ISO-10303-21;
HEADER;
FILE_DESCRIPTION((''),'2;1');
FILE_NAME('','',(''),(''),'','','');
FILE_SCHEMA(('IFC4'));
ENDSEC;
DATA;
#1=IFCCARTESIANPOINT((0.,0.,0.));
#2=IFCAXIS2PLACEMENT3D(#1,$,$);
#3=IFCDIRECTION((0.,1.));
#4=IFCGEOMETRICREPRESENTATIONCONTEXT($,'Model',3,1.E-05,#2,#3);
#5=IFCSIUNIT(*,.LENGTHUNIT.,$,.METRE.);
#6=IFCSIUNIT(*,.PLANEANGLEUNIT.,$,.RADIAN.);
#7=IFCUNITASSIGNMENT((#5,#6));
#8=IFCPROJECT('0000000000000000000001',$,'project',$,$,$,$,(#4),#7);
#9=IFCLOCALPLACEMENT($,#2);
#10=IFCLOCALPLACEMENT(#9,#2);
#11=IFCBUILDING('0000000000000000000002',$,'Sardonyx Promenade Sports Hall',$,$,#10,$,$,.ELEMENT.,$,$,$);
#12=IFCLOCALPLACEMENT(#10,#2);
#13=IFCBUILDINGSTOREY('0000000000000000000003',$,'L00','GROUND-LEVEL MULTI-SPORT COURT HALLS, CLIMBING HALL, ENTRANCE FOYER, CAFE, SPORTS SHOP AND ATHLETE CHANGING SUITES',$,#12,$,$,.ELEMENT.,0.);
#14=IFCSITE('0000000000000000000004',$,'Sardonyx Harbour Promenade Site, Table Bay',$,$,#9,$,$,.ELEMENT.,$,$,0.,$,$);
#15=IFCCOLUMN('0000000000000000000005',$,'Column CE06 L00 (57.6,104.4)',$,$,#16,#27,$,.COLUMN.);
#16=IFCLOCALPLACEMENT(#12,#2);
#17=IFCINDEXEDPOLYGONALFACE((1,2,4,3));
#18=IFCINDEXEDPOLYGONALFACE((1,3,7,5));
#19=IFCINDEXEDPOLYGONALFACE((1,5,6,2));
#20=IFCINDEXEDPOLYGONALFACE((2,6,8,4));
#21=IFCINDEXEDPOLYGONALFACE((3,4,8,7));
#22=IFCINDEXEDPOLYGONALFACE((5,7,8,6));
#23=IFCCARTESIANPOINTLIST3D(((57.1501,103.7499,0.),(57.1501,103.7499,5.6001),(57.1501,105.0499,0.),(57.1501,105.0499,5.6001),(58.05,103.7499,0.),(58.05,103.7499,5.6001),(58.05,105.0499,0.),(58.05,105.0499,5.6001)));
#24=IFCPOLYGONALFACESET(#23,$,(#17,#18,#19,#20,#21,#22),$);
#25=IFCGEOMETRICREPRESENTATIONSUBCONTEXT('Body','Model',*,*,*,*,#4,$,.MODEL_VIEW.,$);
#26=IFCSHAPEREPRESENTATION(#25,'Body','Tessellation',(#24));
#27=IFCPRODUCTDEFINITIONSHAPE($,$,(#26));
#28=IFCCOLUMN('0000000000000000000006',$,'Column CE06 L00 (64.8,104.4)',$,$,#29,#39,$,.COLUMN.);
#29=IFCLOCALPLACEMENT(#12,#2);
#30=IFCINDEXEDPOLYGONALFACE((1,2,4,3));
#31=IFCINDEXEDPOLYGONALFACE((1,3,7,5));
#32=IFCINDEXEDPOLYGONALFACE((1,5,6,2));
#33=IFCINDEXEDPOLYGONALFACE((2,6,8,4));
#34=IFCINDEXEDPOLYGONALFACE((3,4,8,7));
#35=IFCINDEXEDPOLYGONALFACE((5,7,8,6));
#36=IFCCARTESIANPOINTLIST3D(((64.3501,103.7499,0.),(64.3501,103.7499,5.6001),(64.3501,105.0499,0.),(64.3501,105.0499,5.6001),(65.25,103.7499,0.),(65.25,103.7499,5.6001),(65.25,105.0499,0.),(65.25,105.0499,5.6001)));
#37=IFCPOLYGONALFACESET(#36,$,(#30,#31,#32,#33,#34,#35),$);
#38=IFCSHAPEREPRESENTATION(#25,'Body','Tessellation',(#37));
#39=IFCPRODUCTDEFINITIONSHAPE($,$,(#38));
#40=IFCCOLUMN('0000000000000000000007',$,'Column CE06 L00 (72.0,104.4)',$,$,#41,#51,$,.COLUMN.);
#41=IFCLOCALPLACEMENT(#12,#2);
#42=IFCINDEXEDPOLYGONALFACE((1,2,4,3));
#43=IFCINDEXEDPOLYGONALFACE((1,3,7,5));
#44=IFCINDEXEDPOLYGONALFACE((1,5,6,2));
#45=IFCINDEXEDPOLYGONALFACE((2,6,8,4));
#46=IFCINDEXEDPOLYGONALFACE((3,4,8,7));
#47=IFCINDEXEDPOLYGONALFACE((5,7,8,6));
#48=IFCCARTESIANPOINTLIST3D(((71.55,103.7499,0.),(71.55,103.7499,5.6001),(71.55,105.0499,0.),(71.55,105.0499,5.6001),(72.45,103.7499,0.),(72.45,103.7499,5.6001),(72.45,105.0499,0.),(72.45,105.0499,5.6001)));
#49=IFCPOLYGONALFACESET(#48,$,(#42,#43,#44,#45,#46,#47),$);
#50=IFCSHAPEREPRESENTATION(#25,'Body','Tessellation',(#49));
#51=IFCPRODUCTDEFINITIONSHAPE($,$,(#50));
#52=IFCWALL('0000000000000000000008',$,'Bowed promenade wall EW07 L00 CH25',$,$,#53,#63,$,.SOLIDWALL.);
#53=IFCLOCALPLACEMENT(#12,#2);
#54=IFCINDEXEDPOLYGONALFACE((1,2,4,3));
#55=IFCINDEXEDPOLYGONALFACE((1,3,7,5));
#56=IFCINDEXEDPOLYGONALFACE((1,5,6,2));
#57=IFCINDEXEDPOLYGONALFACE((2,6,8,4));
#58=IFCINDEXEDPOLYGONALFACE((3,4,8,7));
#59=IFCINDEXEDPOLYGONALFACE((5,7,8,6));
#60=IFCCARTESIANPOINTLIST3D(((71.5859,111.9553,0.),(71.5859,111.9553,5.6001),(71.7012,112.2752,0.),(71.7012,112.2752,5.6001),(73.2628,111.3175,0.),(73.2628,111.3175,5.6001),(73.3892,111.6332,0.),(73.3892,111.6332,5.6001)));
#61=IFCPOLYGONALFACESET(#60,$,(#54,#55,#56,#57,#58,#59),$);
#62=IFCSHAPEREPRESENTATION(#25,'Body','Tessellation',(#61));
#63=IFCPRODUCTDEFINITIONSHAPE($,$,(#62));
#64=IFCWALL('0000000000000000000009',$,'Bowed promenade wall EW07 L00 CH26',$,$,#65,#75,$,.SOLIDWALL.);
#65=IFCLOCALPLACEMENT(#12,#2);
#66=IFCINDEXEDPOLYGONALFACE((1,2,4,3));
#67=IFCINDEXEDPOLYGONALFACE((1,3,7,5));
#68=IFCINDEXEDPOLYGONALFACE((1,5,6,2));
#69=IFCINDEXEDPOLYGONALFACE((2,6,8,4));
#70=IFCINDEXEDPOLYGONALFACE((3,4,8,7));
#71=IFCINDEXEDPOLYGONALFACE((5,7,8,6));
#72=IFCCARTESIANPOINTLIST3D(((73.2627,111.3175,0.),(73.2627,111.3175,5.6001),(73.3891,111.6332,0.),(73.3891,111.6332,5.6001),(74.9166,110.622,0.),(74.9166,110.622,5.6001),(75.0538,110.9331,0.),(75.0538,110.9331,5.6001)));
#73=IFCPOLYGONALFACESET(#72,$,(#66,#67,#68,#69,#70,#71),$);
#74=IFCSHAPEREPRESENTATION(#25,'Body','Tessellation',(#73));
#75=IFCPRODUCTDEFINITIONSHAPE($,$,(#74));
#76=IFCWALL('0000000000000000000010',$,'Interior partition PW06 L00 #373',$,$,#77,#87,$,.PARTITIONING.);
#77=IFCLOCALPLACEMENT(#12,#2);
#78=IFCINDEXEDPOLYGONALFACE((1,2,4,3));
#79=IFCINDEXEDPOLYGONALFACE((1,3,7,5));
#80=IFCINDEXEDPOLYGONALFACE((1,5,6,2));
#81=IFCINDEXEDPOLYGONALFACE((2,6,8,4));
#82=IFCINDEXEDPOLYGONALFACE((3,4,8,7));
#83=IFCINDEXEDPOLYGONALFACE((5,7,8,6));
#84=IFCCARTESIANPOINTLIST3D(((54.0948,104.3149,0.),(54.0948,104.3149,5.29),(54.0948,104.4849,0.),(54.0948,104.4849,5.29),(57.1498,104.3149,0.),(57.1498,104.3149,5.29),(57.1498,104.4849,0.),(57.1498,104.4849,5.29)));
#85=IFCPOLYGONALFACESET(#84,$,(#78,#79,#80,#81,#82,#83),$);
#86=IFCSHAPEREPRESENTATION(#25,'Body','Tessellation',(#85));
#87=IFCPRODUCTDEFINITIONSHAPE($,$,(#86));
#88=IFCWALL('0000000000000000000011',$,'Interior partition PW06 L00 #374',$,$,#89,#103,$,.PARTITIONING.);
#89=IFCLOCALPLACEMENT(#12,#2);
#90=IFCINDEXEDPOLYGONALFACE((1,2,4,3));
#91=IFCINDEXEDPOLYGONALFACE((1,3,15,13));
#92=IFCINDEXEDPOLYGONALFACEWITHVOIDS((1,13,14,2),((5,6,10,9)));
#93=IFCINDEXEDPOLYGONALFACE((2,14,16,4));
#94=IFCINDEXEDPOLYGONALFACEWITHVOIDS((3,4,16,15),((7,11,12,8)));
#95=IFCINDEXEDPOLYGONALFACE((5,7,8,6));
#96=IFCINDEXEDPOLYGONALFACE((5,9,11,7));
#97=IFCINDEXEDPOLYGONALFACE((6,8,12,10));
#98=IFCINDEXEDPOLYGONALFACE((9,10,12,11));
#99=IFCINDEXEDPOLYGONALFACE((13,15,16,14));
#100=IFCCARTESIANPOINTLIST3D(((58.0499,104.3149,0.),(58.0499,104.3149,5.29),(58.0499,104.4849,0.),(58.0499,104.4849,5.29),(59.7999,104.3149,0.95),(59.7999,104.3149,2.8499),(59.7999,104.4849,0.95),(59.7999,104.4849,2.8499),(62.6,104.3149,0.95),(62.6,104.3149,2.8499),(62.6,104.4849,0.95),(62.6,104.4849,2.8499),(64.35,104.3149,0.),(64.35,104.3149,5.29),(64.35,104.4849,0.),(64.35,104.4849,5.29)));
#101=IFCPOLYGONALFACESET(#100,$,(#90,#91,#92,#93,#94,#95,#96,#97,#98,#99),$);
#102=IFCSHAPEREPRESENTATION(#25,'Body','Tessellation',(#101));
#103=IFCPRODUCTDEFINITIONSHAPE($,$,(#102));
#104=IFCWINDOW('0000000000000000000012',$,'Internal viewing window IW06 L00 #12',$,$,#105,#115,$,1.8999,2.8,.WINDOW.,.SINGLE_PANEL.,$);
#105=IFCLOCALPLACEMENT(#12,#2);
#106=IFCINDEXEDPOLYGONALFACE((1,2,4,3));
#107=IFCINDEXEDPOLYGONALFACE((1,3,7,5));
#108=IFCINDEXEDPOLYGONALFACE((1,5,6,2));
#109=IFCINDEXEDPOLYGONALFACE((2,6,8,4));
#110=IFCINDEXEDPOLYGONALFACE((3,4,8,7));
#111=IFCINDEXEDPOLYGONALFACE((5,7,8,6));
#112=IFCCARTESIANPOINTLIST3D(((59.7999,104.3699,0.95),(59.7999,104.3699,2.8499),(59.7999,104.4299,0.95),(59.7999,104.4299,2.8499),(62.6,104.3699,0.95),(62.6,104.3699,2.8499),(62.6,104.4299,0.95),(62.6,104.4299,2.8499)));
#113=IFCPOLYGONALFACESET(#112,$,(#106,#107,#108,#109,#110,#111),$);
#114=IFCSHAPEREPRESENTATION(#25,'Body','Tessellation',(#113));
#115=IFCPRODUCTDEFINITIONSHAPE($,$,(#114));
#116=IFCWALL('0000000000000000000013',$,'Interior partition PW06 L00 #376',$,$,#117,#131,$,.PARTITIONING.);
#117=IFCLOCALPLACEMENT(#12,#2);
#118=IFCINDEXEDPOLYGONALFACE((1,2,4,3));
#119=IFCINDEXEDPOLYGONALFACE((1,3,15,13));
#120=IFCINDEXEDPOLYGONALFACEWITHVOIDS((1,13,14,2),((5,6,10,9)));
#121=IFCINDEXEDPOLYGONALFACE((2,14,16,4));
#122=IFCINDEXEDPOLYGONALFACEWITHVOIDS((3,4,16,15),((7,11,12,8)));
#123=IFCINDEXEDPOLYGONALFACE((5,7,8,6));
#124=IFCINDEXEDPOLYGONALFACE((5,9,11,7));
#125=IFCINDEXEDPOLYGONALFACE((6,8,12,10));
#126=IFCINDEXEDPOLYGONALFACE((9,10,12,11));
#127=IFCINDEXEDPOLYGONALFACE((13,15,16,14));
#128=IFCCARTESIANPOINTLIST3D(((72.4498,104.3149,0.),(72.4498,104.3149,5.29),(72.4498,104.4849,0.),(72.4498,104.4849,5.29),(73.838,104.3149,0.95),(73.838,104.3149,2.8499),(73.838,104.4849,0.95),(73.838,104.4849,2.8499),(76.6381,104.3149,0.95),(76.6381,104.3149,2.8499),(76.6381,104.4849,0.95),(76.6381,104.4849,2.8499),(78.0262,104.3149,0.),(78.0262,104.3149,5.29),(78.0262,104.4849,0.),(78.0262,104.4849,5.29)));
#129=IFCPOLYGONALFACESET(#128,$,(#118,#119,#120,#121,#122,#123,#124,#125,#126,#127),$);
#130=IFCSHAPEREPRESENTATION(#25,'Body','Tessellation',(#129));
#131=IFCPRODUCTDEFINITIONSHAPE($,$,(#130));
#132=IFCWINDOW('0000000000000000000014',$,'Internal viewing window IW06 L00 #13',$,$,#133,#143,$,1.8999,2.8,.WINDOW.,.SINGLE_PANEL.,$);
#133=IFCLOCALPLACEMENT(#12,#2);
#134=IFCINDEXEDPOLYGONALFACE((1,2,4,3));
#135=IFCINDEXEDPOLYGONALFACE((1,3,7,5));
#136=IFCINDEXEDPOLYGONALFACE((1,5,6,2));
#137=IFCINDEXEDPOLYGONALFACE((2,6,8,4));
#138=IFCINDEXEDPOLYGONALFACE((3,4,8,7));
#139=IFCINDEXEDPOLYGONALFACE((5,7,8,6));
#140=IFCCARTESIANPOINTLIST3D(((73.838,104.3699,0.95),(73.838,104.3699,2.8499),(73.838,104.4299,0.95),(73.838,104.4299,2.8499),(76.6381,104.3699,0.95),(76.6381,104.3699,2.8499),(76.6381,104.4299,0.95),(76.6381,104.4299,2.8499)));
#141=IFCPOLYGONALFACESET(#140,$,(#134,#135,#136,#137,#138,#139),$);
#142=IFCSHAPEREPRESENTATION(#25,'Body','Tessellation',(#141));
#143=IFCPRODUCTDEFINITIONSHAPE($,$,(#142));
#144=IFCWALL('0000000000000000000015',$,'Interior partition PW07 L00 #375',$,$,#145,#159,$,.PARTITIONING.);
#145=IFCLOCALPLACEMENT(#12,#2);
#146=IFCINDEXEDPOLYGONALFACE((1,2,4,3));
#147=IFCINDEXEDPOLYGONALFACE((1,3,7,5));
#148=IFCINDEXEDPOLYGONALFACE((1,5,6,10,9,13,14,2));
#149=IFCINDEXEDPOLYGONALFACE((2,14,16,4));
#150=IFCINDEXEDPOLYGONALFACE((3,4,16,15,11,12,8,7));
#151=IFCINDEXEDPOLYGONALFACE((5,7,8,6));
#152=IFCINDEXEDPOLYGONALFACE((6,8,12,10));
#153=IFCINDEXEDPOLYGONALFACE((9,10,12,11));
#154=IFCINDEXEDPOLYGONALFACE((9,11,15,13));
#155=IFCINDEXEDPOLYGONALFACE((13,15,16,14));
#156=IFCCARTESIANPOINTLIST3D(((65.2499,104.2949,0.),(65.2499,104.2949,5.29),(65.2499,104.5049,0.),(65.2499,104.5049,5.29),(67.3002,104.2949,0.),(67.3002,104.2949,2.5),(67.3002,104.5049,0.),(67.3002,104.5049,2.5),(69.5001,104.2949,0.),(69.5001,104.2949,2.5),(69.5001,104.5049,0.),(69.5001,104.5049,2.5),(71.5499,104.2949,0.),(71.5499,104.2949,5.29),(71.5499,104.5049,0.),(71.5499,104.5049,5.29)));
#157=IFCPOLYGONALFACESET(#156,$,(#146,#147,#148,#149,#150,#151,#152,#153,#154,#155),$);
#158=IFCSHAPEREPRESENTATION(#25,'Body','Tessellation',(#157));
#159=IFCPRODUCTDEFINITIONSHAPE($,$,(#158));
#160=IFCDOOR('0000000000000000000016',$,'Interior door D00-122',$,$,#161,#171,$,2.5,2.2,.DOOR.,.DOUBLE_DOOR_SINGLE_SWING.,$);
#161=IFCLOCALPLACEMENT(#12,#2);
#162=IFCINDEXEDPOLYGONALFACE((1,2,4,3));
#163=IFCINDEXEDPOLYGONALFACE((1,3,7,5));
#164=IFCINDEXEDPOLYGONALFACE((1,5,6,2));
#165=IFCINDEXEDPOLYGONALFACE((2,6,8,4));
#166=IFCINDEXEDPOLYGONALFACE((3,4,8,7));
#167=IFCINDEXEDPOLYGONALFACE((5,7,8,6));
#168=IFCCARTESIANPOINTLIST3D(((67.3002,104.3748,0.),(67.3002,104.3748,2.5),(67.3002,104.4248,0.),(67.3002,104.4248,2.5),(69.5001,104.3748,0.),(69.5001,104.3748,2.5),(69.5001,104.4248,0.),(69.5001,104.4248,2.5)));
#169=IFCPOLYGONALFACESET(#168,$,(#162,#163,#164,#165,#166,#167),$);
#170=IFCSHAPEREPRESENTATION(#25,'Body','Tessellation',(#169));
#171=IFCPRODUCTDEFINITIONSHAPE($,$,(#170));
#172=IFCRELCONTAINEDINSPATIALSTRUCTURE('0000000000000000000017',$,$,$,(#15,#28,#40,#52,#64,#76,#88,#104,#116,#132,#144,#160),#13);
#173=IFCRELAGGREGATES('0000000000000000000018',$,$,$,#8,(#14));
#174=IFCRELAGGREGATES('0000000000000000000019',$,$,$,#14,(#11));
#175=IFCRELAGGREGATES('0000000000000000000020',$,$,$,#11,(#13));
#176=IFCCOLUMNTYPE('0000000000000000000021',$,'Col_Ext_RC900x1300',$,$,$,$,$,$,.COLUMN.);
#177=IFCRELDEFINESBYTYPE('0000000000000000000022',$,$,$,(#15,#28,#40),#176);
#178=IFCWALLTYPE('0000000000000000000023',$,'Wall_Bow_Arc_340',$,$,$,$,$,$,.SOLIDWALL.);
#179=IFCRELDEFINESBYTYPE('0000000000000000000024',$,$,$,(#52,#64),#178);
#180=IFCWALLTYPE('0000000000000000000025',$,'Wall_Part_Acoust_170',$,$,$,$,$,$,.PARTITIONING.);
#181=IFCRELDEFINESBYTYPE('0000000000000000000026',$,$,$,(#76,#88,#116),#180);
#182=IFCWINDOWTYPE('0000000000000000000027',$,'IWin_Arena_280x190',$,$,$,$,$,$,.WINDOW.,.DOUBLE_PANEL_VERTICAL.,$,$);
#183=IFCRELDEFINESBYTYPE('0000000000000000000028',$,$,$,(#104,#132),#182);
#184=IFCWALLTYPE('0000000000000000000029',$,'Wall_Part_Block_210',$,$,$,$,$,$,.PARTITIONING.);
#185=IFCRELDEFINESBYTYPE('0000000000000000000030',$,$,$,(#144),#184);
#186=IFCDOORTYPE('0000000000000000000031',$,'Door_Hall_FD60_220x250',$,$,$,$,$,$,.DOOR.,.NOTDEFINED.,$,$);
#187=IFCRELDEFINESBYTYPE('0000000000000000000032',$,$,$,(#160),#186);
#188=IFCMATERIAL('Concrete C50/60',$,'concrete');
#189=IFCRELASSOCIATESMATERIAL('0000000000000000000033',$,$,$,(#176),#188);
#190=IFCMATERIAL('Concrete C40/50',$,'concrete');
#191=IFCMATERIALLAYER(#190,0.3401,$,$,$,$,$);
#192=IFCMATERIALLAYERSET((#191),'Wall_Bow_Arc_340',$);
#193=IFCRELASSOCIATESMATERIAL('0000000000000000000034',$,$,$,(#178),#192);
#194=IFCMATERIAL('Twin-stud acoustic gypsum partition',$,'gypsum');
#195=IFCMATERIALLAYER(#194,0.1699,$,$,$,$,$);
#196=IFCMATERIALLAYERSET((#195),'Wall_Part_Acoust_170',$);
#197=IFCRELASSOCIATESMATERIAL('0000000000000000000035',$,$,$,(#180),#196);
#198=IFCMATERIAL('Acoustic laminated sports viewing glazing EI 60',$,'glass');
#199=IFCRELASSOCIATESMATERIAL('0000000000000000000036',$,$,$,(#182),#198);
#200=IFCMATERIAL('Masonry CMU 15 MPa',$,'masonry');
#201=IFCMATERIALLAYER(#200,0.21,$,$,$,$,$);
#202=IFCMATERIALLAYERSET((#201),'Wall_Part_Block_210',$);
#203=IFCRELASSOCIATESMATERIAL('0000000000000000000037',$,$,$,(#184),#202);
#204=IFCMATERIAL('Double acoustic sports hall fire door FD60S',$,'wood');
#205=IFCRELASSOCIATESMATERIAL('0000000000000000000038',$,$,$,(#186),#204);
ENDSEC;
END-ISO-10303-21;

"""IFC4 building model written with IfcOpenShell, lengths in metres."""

from ifc_helpers import new_model, si_unit, direction, frame, frame_2d, origin, origin_2d, place, context, subcontext, project, spatial, polyline, rectangle, outline, extrude, material, layer, layer_set, material_profile, profile_set, type_object, element, fill, save


model = new_model("IFC4")

# Units and contexts
model_context = context("Model", 3, precision=1e-05, world=origin(), true_north=direction((0.0, 1.0)))
body_context = subcontext(model_context, "Body", "Model", "MODEL_VIEW")
ifc_project = project(units=[si_unit("LENGTHUNIT", "METRE"), si_unit("PLANEANGLEUNIT", "RADIAN")], contexts=[model_context])

# Site, building, storey
site_placement = place(None, origin())
site = spatial("IfcSite", under=ifc_project, at=site_placement, Name="Sardonyx Harbour Promenade Site, Table Bay", CompositionType="ELEMENT", RefElevation=0.0)
building_placement = place(site_placement, origin())
building = spatial("IfcBuilding", under=site, at=building_placement, Name="Sardonyx Promenade Sports Hall", CompositionType="ELEMENT")
storey_placement = place(building_placement, origin())
storey = spatial("IfcBuildingStorey", under=building, at=storey_placement, Name="L00", Description="GROUND-LEVEL MULTI-SPORT COURT HALLS, CLIMBING HALL, ENTRANCE FOYER, CAFE, SPORTS SHOP AND ATHLETE CHANGING SUITES", CompositionType="ELEMENT", Elevation=0.0)

# Columns
ifc_material_1 = material(Name="Concrete C50/60", Category="concrete")
ifc_material_profile = material_profile(ifc_material_1, rectangle(XDim=0.8999, YDim=1.3, at=origin_2d()))
ifc_profile_set = profile_set([ifc_material_profile], Name="Concrete C50/60")
column_type = type_object("IfcColumnType", Name="Col_Ext_RC900x1300", PredefinedType="COLUMN", material=ifc_profile_set)
for number, where, z_axis, x_axis, name in (
    (1, (57.6001, 104.3999, 0.0), (0.0, 0.0, 1.0), (1.0, 0.0, 0.0), "Column CE06 L00 (57.6,104.4)"),
    (2, (64.8, 104.3999, 0.0), (0.0, 0.0, 1.0), (1.0, 0.0, 0.0), "Column CE06 L00 (64.8,104.4)"),
    (3, (72.0, 104.3999, 0.0), (0.0, 0.0, 1.0), (1.0, 0.0, 0.0), "Column CE06 L00 (72.0,104.4)"),
):
    element("IfcColumn", number, at=place(storey_placement, frame(where, z_axis=z_axis, x_axis=x_axis)), inside=storey, type_object=column_type, Name=name, PredefinedType="COLUMN", context=body_context, shape_type="SweptSolid", body=[
        extrude(rectangle(XDim=0.8999, YDim=1.3, at=origin_2d()), origin(), (0.0, 0.0, 1.0), 5.6001),
    ])

# Walls
ifc_material_2 = material(Name="Concrete C40/50", Category="concrete")
ifc_layer_1 = layer(ifc_material_2, 0.3401)
ifc_layer_set_1 = layer_set([ifc_layer_1], Name="Wall_Bow_Arc_340")
wall_type_1 = type_object("IfcWallType", Name="Wall_Bow_Arc_340", PredefinedType="SOLIDWALL", material=ifc_layer_set_1)
wall_1_placement = place(storey_placement, frame((71.6436, 112.1152, 0.0), z_axis=(0.0, 0.0, 1.0), x_axis=(0.934675, -0.355505, 0.0)))
element("IfcWall", 4, at=wall_1_placement, inside=storey, type_object=wall_type_1, Name="Bowed promenade wall EW07 L00 CH25", PredefinedType="SOLIDWALL", context=body_context, shape_type="SweptSolid", body=[
    extrude(outline(polyline([(0.0029, -0.17), (1.7971, -0.17), (1.8029, 0.17), (-0.0029, 0.17), (0.0029, -0.17)])), origin(), (0.0, 0.0, 1.0), 5.6001),
])
wall_2_placement = place(storey_placement, frame((73.3259, 111.4753, 0.0), z_axis=(0.0, 0.0, 1.0), x_axis=(0.921804, -0.387657, 0.0)))
element("IfcWall", 5, at=wall_2_placement, inside=storey, type_object=wall_type_1, Name="Bowed promenade wall EW07 L00 CH26", PredefinedType="SOLIDWALL", context=body_context, shape_type="SweptSolid", body=[
    extrude(outline(polyline([(0.0029, -0.17), (1.7971, -0.17), (1.8029, 0.17), (-0.0029, 0.17), (0.0029, -0.17)])), origin(), (0.0, 0.0, 1.0), 5.6001),
])
ifc_material_3 = material(Name="Twin-stud acoustic gypsum partition", Category="gypsum")
ifc_layer_2 = layer(ifc_material_3, 0.1699)
ifc_layer_set_2 = layer_set([ifc_layer_2], Name="Wall_Part_Acoust_170")
wall_type_2 = type_object("IfcWallType", Name="Wall_Part_Acoust_170", PredefinedType="PARTITIONING", material=ifc_layer_set_2)
wall_3_placement = place(storey_placement, frame((54.095, 104.3999, 0.0), z_axis=(0.0, 0.0, 1.0), x_axis=(1.0, 0.0, 0.0)))
element("IfcWall", 6, at=wall_3_placement, inside=storey, type_object=wall_type_2, Name="Interior partition PW06 L00 #373", PredefinedType="PARTITIONING", context=body_context, shape_type="SweptSolid", body=[
    extrude(rectangle(XDim=3.0549, YDim=0.1699, at=frame_2d((1.5273, 0.0))), origin(), (0.0, 0.0, 1.0), 5.29),
])

# Walls, openings, windows
wall_4_placement = place(storey_placement, frame((58.05, 104.3999, 0.0), z_axis=(0.0, 0.0, 1.0), x_axis=(1.0, 0.0, 0.0)))
wall_4 = element("IfcWall", 7, at=wall_4_placement, inside=storey, type_object=wall_type_2, Name="Interior partition PW06 L00 #374", PredefinedType="PARTITIONING", context=body_context, shape_type="SweptSolid", body=[
    extrude(rectangle(XDim=6.3, YDim=0.1699, at=frame_2d((3.1499, 0.0))), origin(), (0.0, 0.0, 1.0), 5.29),
])
opening_1_placement = place(wall_4_placement, frame((1.75, 0.0, 0.95)))
opening_1 = element("IfcOpeningElement", 8, at=opening_1_placement, cuts=wall_4, PredefinedType="OPENING", context=body_context, shape_type="SweptSolid", body=[
    extrude(rectangle(XDim=2.8, YDim=1.8999, at=frame_2d((1.3999, 0.95))), frame((0.0, 0.095, 0.0), z_axis=(0.0, -1.0, 0.0), x_axis=(1.0, 0.0, 0.0)), (0.0, 0.0, 1.0), 0.19),
])
ifc_material_4 = material(Name="Acoustic laminated sports viewing glazing EI 60", Category="glass")
window_type = type_object("IfcWindowType", Name="IWin_Arena_280x190", PartitioningType="DOUBLE_PANEL_VERTICAL", PredefinedType="WINDOW", material=ifc_material_4)
window_1_placement = place(opening_1_placement, origin())
window_1 = element("IfcWindow", 9, at=window_1_placement, inside=storey, type_object=window_type, Name="Internal viewing window IW06 L00 #12", OverallHeight=1.8999, OverallWidth=2.8, PartitioningType="SINGLE_PANEL", PredefinedType="WINDOW", context=body_context, shape_type="SweptSolid", body=[
    extrude(rectangle(XDim=2.8, YDim=1.8999, at=frame_2d((1.3999, 0.95))), frame((0.0, 0.03, 0.0), z_axis=(0.0, -1.0, 0.0), x_axis=(1.0, 0.0, 0.0)), (0.0, 0.0, 1.0), 0.0601),
])
fill(opening_1, window_1)
wall_5_placement = place(storey_placement, frame((72.45, 104.3999, 0.0), z_axis=(0.0, 0.0, 1.0), x_axis=(1.0, 0.0, 0.0)))
wall_5 = element("IfcWall", 10, at=wall_5_placement, inside=storey, type_object=wall_type_2, Name="Interior partition PW06 L00 #376", PredefinedType="PARTITIONING", context=body_context, shape_type="SweptSolid", body=[
    extrude(rectangle(XDim=5.5764, YDim=0.1699, at=frame_2d((2.7881, 0.0))), origin(), (0.0, 0.0, 1.0), 5.29),
])
opening_2_placement = place(wall_5_placement, frame((1.3882, 0.0, 0.95)))
opening_2 = element("IfcOpeningElement", 11, at=opening_2_placement, cuts=wall_5, PredefinedType="OPENING", context=body_context, shape_type="SweptSolid", body=[
    extrude(rectangle(XDim=2.8, YDim=1.8999, at=frame_2d((1.3999, 0.95))), frame((0.0, 0.095, 0.0), z_axis=(0.0, -1.0, 0.0), x_axis=(1.0, 0.0, 0.0)), (0.0, 0.0, 1.0), 0.19),
])
window_2_placement = place(opening_2_placement, origin())
window_2 = element("IfcWindow", 12, at=window_2_placement, inside=storey, type_object=window_type, Name="Internal viewing window IW06 L00 #13", OverallHeight=1.8999, OverallWidth=2.8, PartitioningType="SINGLE_PANEL", PredefinedType="WINDOW", context=body_context, shape_type="SweptSolid", body=[
    extrude(rectangle(XDim=2.8, YDim=1.8999, at=frame_2d((1.3999, 0.95))), frame((0.0, 0.03, 0.0), z_axis=(0.0, -1.0, 0.0), x_axis=(1.0, 0.0, 0.0)), (0.0, 0.0, 1.0), 0.0601),
])
fill(opening_2, window_2)

# Wall, opening, door
ifc_material_5 = material(Name="Masonry CMU 15 MPa", Category="masonry")
ifc_layer_3 = layer(ifc_material_5, 0.21)
ifc_layer_set_3 = layer_set([ifc_layer_3], Name="Wall_Part_Block_210")
wall_type_3 = type_object("IfcWallType", Name="Wall_Part_Block_210", PredefinedType="PARTITIONING", material=ifc_layer_set_3)
wall_6_placement = place(storey_placement, frame((65.25, 104.3999, 0.0), z_axis=(0.0, 0.0, 1.0), x_axis=(1.0, 0.0, 0.0)))
wall_6 = element("IfcWall", 13, at=wall_6_placement, inside=storey, type_object=wall_type_3, Name="Interior partition PW07 L00 #375", PredefinedType="PARTITIONING", context=body_context, shape_type="SweptSolid", body=[
    extrude(rectangle(XDim=6.3, YDim=0.21, at=frame_2d((3.1499, 0.0))), origin(), (0.0, 0.0, 1.0), 5.29),
])
opening_3_placement = place(wall_6_placement, frame((2.05, 0.0, 0.0)))
opening_3 = element("IfcOpeningElement", 14, at=opening_3_placement, cuts=wall_6, PredefinedType="OPENING", context=body_context, shape_type="SweptSolid", body=[
    extrude(rectangle(XDim=2.2, YDim=2.5, at=frame_2d((1.1001, 1.25))), frame((0.0, 0.115, 0.0), z_axis=(0.0, -1.0, 0.0), x_axis=(1.0, 0.0, 0.0)), (0.0, 0.0, 1.0), 0.23),
])
ifc_material_6 = material(Name="Double acoustic sports hall fire door FD60S", Category="wood")
door_type = type_object("IfcDoorType", Name="Door_Hall_FD60_220x250", OperationType="NOTDEFINED", PredefinedType="DOOR", material=ifc_material_6)
door_placement = place(opening_3_placement, origin())
door = element("IfcDoor", 15, at=door_placement, inside=storey, type_object=door_type, Name="Interior door D00-122", OperationType="DOUBLE_DOOR_SINGLE_SWING", OverallHeight=2.5, OverallWidth=2.2, PredefinedType="DOOR", context=body_context, shape_type="SweptSolid", body=[
    extrude(rectangle(XDim=2.2, YDim=2.5, at=frame_2d((1.1001, 1.25))), frame((0.0, 0.0249, 0.0), z_axis=(0.0, -1.0, 0.0), x_axis=(1.0, 0.0, 0.0)), (0.0, 0.0, 1.0), 0.05),
])
fill(opening_3, door)

save(model, "model.ifc")
